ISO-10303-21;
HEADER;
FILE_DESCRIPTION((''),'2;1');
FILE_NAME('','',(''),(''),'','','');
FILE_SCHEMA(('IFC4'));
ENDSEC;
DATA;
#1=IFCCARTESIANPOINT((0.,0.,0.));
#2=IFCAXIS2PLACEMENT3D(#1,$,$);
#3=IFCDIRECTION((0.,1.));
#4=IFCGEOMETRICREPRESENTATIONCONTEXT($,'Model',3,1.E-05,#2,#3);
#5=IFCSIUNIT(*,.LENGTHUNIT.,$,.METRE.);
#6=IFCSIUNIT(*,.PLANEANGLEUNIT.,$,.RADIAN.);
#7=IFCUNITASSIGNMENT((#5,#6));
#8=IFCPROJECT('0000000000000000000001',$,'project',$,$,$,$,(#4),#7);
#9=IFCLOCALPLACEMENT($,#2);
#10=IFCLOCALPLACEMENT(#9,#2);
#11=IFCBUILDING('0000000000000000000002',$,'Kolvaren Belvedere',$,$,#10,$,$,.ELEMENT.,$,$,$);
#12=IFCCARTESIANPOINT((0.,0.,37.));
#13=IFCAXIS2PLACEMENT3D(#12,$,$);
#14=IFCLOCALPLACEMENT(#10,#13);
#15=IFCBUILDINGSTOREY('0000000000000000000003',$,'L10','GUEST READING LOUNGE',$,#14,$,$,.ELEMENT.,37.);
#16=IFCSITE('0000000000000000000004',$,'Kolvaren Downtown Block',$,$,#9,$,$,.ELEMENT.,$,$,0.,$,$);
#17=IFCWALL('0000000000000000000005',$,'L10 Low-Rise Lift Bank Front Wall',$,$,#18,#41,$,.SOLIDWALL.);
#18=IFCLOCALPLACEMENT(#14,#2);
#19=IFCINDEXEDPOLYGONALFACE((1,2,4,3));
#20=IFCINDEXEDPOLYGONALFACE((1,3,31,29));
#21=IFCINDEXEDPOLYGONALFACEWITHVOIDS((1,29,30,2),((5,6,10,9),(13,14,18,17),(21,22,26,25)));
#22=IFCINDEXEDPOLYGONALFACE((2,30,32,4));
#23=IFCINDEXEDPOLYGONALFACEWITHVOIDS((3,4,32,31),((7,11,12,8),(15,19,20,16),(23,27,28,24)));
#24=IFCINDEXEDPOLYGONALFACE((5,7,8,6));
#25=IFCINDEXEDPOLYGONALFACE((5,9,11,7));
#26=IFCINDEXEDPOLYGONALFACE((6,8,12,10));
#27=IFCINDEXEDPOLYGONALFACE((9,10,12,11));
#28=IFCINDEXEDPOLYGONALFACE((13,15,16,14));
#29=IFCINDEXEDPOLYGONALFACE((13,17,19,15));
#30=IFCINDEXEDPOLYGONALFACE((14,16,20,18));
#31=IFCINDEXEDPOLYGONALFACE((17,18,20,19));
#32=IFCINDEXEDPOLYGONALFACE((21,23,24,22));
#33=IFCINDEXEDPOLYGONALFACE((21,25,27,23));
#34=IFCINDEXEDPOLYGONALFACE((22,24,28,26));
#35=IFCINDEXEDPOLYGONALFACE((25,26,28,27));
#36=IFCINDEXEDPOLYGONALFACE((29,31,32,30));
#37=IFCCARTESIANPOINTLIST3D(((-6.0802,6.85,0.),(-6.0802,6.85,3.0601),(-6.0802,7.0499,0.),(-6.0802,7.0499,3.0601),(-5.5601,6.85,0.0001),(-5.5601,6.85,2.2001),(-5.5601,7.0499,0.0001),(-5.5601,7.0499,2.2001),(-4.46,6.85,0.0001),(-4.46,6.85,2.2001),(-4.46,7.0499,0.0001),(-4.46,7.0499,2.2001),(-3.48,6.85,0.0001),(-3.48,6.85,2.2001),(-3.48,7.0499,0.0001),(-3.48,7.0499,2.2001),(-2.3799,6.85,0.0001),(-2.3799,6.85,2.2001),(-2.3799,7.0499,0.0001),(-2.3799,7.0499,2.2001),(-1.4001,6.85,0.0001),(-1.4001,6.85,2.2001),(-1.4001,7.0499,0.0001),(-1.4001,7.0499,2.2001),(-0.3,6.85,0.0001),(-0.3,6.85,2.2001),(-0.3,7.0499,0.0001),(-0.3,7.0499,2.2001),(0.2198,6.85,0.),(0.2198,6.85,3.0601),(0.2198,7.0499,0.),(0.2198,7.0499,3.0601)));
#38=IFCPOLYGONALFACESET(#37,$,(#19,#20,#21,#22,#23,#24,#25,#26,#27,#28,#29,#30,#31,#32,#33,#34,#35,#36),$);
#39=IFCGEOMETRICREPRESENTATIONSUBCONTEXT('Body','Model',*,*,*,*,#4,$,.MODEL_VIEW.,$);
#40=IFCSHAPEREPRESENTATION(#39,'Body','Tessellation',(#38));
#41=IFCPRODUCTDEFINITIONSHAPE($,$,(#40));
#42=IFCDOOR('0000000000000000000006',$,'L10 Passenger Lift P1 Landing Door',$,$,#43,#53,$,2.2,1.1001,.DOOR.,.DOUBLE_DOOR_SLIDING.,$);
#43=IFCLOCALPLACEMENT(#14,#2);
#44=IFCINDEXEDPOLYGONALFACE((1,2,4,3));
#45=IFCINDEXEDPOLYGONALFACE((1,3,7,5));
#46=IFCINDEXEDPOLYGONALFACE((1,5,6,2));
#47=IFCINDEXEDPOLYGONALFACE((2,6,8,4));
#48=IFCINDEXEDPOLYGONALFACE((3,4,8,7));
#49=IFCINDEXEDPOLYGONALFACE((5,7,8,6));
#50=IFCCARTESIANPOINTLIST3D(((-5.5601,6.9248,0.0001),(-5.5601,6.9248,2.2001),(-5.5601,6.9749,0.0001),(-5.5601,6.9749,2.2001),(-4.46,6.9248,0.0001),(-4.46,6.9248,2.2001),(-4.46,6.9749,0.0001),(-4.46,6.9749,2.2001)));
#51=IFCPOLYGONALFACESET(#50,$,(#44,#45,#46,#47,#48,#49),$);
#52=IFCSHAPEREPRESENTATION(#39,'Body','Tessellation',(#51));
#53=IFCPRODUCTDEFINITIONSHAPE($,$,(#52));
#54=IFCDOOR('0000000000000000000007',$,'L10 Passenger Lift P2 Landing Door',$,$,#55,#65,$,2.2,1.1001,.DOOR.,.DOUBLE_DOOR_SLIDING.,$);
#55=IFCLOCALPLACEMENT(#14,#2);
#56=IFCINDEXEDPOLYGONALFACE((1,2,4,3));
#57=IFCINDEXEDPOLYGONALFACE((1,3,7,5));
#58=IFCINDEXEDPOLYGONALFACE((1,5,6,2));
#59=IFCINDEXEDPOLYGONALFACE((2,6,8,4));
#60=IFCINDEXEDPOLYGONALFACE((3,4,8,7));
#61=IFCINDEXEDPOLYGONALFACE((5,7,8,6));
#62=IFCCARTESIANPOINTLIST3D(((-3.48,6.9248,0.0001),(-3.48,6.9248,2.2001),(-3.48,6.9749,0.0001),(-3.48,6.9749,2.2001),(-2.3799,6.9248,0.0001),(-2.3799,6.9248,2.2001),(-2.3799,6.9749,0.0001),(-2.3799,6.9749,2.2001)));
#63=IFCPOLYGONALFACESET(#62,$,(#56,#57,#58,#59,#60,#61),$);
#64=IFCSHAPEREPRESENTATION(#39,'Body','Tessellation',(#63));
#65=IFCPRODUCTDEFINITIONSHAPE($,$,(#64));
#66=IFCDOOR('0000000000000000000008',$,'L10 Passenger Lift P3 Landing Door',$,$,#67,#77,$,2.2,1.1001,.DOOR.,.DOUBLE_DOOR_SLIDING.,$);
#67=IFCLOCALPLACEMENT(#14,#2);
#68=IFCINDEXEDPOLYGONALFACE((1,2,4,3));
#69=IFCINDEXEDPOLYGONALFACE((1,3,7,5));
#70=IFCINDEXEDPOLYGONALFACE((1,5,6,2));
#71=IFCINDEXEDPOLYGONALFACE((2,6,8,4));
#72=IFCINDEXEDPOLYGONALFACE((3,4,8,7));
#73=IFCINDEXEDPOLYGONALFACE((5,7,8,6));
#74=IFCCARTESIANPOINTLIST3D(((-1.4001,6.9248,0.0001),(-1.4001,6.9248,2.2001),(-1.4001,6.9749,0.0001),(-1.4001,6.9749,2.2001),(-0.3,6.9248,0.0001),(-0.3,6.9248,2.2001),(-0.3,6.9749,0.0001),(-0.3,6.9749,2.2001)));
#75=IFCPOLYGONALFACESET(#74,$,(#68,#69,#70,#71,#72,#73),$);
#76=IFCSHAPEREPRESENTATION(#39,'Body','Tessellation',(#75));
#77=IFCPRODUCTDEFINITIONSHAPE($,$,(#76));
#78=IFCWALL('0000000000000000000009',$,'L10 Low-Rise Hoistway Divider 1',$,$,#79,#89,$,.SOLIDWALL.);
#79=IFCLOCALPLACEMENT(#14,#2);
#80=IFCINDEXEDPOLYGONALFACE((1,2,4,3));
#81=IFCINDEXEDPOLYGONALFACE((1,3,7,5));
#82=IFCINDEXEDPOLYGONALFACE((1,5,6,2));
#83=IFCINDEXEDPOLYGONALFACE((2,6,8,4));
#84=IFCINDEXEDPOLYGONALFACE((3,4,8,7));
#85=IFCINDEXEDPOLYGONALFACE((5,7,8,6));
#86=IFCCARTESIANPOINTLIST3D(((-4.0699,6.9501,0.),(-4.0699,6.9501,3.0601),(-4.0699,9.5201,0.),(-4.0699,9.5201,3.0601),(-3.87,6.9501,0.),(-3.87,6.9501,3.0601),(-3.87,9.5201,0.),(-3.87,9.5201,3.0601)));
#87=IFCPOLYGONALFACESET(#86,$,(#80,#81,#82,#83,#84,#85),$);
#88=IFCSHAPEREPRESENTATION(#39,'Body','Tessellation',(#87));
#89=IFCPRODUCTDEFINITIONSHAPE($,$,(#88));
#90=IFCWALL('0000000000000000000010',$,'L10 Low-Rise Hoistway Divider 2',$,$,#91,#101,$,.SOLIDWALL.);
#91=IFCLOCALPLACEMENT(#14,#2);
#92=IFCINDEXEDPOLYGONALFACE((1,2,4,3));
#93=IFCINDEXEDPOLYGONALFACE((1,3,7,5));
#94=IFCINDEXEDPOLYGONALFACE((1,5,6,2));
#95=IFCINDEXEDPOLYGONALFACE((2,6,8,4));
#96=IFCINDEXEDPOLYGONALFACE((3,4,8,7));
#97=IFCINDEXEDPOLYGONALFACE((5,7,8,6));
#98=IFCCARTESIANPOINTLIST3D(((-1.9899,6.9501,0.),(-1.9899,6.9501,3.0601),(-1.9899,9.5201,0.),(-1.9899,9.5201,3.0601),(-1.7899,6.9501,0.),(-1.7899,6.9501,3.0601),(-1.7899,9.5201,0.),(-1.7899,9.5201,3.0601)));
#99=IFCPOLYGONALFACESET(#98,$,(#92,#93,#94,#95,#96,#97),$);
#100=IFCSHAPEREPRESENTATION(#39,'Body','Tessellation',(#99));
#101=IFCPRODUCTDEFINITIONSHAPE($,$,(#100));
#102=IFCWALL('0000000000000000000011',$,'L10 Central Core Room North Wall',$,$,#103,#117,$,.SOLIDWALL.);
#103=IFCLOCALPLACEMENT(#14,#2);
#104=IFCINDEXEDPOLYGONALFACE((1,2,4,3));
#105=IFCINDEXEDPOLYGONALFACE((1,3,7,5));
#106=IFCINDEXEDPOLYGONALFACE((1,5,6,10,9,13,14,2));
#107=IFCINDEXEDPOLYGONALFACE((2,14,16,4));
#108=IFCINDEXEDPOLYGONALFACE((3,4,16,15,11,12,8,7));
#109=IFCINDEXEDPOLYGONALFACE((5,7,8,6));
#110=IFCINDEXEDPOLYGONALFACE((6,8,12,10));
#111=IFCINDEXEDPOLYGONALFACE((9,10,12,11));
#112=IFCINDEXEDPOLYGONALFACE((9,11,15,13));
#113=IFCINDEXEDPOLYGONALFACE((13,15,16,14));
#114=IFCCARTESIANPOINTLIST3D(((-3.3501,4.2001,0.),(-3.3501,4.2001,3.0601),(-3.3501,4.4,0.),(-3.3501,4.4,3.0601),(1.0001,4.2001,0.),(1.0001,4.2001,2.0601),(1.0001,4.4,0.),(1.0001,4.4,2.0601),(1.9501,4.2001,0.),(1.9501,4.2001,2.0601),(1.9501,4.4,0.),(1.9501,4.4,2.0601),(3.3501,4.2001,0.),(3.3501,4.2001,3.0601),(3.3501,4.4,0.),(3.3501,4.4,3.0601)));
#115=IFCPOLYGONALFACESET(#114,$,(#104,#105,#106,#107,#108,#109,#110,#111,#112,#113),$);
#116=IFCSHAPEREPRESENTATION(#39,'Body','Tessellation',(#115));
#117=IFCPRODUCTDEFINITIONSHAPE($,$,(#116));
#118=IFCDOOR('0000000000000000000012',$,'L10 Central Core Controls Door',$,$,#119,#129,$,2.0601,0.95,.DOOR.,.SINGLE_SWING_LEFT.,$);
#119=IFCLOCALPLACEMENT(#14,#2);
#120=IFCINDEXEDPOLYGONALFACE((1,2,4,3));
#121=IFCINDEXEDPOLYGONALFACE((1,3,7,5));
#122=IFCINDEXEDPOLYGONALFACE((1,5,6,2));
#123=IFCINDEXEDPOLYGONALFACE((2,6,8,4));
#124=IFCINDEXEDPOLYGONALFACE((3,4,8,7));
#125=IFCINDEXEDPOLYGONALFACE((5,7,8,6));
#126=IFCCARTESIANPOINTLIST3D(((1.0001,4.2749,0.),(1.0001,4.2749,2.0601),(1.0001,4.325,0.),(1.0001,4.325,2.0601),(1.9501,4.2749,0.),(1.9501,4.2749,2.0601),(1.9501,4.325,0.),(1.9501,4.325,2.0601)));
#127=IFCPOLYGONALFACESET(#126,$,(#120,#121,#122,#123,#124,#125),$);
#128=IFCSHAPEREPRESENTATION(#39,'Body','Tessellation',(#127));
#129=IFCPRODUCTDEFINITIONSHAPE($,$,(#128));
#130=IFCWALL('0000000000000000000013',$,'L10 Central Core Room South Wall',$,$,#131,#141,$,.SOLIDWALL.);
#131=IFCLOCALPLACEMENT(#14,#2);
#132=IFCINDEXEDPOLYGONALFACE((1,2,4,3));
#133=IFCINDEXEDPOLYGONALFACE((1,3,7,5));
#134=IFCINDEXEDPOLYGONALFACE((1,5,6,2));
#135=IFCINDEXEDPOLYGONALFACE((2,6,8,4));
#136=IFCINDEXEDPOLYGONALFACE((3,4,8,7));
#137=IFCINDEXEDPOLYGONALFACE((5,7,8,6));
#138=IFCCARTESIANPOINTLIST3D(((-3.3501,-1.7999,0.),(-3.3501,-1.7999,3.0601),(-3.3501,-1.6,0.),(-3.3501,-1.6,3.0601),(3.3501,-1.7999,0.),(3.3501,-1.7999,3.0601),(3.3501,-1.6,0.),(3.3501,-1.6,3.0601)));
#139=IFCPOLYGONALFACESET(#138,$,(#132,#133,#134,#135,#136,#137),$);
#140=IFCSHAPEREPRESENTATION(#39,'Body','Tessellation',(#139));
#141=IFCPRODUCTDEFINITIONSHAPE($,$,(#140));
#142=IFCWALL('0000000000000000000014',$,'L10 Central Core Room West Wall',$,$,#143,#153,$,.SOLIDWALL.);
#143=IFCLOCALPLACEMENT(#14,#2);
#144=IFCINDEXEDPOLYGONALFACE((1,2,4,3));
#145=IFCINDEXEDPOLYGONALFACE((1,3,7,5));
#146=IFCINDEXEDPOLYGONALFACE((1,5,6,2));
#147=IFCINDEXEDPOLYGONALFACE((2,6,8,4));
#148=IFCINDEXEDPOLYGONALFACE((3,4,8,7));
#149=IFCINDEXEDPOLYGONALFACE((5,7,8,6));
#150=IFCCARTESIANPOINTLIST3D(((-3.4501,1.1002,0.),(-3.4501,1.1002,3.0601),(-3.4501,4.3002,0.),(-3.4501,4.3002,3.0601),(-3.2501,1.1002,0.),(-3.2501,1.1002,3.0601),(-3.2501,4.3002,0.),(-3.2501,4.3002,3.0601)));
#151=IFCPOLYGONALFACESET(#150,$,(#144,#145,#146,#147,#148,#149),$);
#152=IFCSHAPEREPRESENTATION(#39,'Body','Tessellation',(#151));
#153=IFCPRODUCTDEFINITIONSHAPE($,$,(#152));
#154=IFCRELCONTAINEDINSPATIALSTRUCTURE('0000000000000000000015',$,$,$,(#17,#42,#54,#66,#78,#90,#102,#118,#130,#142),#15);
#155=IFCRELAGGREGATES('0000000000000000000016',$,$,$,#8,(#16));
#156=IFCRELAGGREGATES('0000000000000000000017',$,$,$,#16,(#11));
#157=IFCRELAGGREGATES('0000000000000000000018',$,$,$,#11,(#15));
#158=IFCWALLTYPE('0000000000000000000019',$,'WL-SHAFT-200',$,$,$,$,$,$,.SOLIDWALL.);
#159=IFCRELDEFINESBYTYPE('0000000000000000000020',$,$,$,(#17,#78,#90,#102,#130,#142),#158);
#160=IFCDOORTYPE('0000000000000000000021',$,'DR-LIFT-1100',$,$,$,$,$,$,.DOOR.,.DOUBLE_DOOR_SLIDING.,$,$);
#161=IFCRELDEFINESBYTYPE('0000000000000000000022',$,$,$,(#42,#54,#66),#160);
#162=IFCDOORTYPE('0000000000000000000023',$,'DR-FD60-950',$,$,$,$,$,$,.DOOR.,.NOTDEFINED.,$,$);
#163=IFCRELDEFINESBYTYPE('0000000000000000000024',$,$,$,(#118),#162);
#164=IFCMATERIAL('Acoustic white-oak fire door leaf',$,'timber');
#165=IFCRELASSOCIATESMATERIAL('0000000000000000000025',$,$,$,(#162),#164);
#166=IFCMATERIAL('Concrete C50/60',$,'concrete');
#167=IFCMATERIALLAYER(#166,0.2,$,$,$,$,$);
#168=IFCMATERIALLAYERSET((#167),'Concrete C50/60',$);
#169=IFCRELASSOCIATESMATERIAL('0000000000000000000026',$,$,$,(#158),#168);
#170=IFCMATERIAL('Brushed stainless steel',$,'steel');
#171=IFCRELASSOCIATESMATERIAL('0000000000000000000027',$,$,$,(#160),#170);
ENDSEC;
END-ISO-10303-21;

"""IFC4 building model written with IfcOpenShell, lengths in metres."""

from ifc_helpers import new_model, si_unit, direction, frame, frame_2d, origin, place, context, subcontext, project, spatial, rectangle, extrude, material, layer, layer_set, type_object, element, fill, save


model = new_model("IFC4")

# Units and contexts
model_context = context("Model", 3, precision=1e-05, world=origin(), true_north=direction((0.0, 1.0)))
body_context = subcontext(model_context, "Body", "Model", "MODEL_VIEW")
ifc_project = project(units=[si_unit("LENGTHUNIT", "METRE"), si_unit("PLANEANGLEUNIT", "RADIAN")], contexts=[model_context])

# Site, building, storey
site_placement = place(None, origin())
site = spatial("IfcSite", under=ifc_project, at=site_placement, Name="Kolvaren Downtown Block", CompositionType="ELEMENT", RefElevation=0.0)
building_placement = place(site_placement, origin())
building = spatial("IfcBuilding", under=site, at=building_placement, Name="Kolvaren Belvedere", CompositionType="ELEMENT")
storey_placement = place(building_placement, frame((0.0, 0.0, 37.0)))
storey = spatial("IfcBuildingStorey", under=building, at=storey_placement, Name="L10", Description="GUEST READING LOUNGE", CompositionType="ELEMENT", Elevation=37.0)

# Shared definitions
ifc_material_1 = material(Name="Acoustic white-oak fire door leaf", Category="timber")
door_type_1 = type_object("IfcDoorType", Name="DR-FD60-950", OperationType="NOTDEFINED", PredefinedType="DOOR", material=ifc_material_1)
ifc_material_2 = material(Name="Concrete C50/60", Category="concrete")
ifc_layer_1 = layer(ifc_material_2, 0.2)
ifc_layer_set_1 = layer_set([ifc_layer_1], Name="Concrete C50/60")
wall_type_1 = type_object("IfcWallType", Name="WL-SHAFT-200", PredefinedType="SOLIDWALL", material=ifc_layer_set_1)
ifc_material_3 = material(Name="Brushed stainless steel", Category="steel")
door_type_2 = type_object("IfcDoorType", Name="DR-LIFT-1100", OperationType="DOUBLE_DOOR_SLIDING", PredefinedType="DOOR", material=ifc_material_3)

# Wall, openings, doors
wall_1_placement = place(storey_placement, frame((-6.0801, 6.95, 0.0), z_axis=(0.0, 0.0, 1.0), x_axis=(1.0, 0.0, 0.0)))
wall_1 = element("IfcWall", 1, at=wall_1_placement, inside=storey, type_object=wall_type_1, Name="L10 Low-Rise Lift Bank Front Wall", PredefinedType="SOLIDWALL", context=body_context, shape_type="SweptSolid", body=[
    extrude(rectangle(XDim=6.3, YDim=0.2, at=frame_2d((3.1499, 0.0))), origin(), (0.0, 0.0, 1.0), 3.0601),
])
opening_1_placement = place(wall_1_placement, frame((0.52, 0.0, 0.0)))
opening_1 = element("IfcOpeningElement", 2, at=opening_1_placement, cuts=wall_1, PredefinedType="OPENING", context=body_context, shape_type="SweptSolid", body=[
    extrude(rectangle(XDim=1.1001, YDim=2.2, at=frame_2d((0.55, 1.1001))), frame((0.0, 0.1099, 0.0), z_axis=(0.0, -1.0, 0.0), x_axis=(1.0, 0.0, 0.0)), (0.0, 0.0, 1.0), 0.22),
])
opening_2_placement = place(wall_1_placement, frame((2.6001, 0.0, 0.0)))
opening_2 = element("IfcOpeningElement", 3, at=opening_2_placement, cuts=wall_1, PredefinedType="OPENING", context=body_context, shape_type="SweptSolid", body=[
    extrude(rectangle(XDim=1.1001, YDim=2.2, at=frame_2d((0.55, 1.1001))), frame((0.0, 0.1099, 0.0), z_axis=(0.0, -1.0, 0.0), x_axis=(1.0, 0.0, 0.0)), (0.0, 0.0, 1.0), 0.22),
])
opening_3_placement = place(wall_1_placement, frame((4.6799, 0.0, 0.0)))
opening_3 = element("IfcOpeningElement", 4, at=opening_3_placement, cuts=wall_1, PredefinedType="OPENING", context=body_context, shape_type="SweptSolid", body=[
    extrude(rectangle(XDim=1.1001, YDim=2.2, at=frame_2d((0.55, 1.1001))), frame((0.0, 0.1099, 0.0), z_axis=(0.0, -1.0, 0.0), x_axis=(1.0, 0.0, 0.0)), (0.0, 0.0, 1.0), 0.22),
])
door_1_placement = place(opening_1_placement, origin())
door_1 = element("IfcDoor", 5, at=door_1_placement, inside=storey, type_object=door_type_2, Name="L10 Passenger Lift P1 Landing Door", OperationType="DOUBLE_DOOR_SLIDING", OverallHeight=2.2, OverallWidth=1.1001, PredefinedType="DOOR", context=body_context, shape_type="SweptSolid", body=[
    extrude(rectangle(XDim=1.1001, YDim=2.2, at=frame_2d((0.55, 1.1001))), frame((0.0, 0.0249, 0.0), z_axis=(0.0, -1.0, 0.0), x_axis=(1.0, 0.0, 0.0)), (0.0, 0.0, 1.0), 0.05),
])
fill(opening_1, door_1)
door_2_placement = place(opening_2_placement, origin())
door_2 = element("IfcDoor", 6, at=door_2_placement, inside=storey, type_object=door_type_2, Name="L10 Passenger Lift P2 Landing Door", OperationType="DOUBLE_DOOR_SLIDING", OverallHeight=2.2, OverallWidth=1.1001, PredefinedType="DOOR", context=body_context, shape_type="SweptSolid", body=[
    extrude(rectangle(XDim=1.1001, YDim=2.2, at=frame_2d((0.55, 1.1001))), frame((0.0, 0.0249, 0.0), z_axis=(0.0, -1.0, 0.0), x_axis=(1.0, 0.0, 0.0)), (0.0, 0.0, 1.0), 0.05),
])
fill(opening_2, door_2)
door_3_placement = place(opening_3_placement, origin())
door_3 = element("IfcDoor", 7, at=door_3_placement, inside=storey, type_object=door_type_2, Name="L10 Passenger Lift P3 Landing Door", OperationType="DOUBLE_DOOR_SLIDING", OverallHeight=2.2, OverallWidth=1.1001, PredefinedType="DOOR", context=body_context, shape_type="SweptSolid", body=[
    extrude(rectangle(XDim=1.1001, YDim=2.2, at=frame_2d((0.55, 1.1001))), frame((0.0, 0.0249, 0.0), z_axis=(0.0, -1.0, 0.0), x_axis=(1.0, 0.0, 0.0)), (0.0, 0.0, 1.0), 0.05),
])
fill(opening_3, door_3)

# Walls
for number, where, z_axis, x_axis, name in (
    (8, (-3.97, 6.95, 0.0), (0.0, 0.0, 1.0), (0.0, 1.0, 0.0), "L10 Low-Rise Hoistway Divider 1"),
    (9, (-1.8899, 6.95, 0.0), (0.0, 0.0, 1.0), (0.0, 1.0, 0.0), "L10 Low-Rise Hoistway Divider 2"),
):
    element("IfcWall", number, at=place(storey_placement, frame(where, z_axis=z_axis, x_axis=x_axis)), inside=storey, type_object=wall_type_1, Name=name, PredefinedType="SOLIDWALL", context=body_context, shape_type="SweptSolid", body=[
        extrude(rectangle(XDim=2.5701, YDim=0.2, at=frame_2d((1.2852, 0.0))), origin(), (0.0, 0.0, 1.0), 3.0601),
    ])

# Wall, opening, door
wall_2_placement = place(storey_placement, frame((-3.3501, 4.3, 0.0), z_axis=(0.0, 0.0, 1.0), x_axis=(1.0, 0.0, 0.0)))
wall_2 = element("IfcWall", 10, at=wall_2_placement, inside=storey, type_object=wall_type_1, Name="L10 Central Core Room North Wall", PredefinedType="SOLIDWALL", context=body_context, shape_type="SweptSolid", body=[
    extrude(rectangle(XDim=6.7002, YDim=0.2, at=frame_2d((3.3501, 0.0))), origin(), (0.0, 0.0, 1.0), 3.0601),
])
opening_4_placement = place(wall_2_placement, frame((4.3501, 0.0, 0.0)))
opening_4 = element("IfcOpeningElement", 11, at=opening_4_placement, cuts=wall_2, PredefinedType="OPENING", context=body_context, shape_type="SweptSolid", body=[
    extrude(rectangle(XDim=0.95, YDim=2.0601, at=frame_2d((0.4751, 1.03))), frame((0.0, 0.1099, 0.0), z_axis=(0.0, -1.0, 0.0), x_axis=(1.0, 0.0, 0.0)), (0.0, 0.0, 1.0), 0.22),
])
door_4_placement = place(opening_4_placement, origin())
door_4 = element("IfcDoor", 12, at=door_4_placement, inside=storey, type_object=door_type_1, Name="L10 Central Core Controls Door", OperationType="SINGLE_SWING_LEFT", OverallHeight=2.0601, OverallWidth=0.95, PredefinedType="DOOR", context=body_context, shape_type="SweptSolid", body=[
    extrude(rectangle(XDim=0.95, YDim=2.0601, at=frame_2d((0.4751, 1.03))), frame((0.0, 0.0249, 0.0), z_axis=(0.0, -1.0, 0.0), x_axis=(1.0, 0.0, 0.0)), (0.0, 0.0, 1.0), 0.05),
])
fill(opening_4, door_4)

# Walls
wall_3_placement = place(storey_placement, frame((-3.3501, -1.7, 0.0), z_axis=(0.0, 0.0, 1.0), x_axis=(1.0, 0.0, 0.0)))
element("IfcWall", 13, at=wall_3_placement, inside=storey, type_object=wall_type_1, Name="L10 Central Core Room South Wall", PredefinedType="SOLIDWALL", context=body_context, shape_type="SweptSolid", body=[
    extrude(rectangle(XDim=6.7002, YDim=0.2, at=frame_2d((3.3501, 0.0))), origin(), (0.0, 0.0, 1.0), 3.0601),
])
wall_4_placement = place(storey_placement, frame((-3.3501, 1.1001, 0.0), z_axis=(0.0, 0.0, 1.0), x_axis=(0.0, 1.0, 0.0)))
element("IfcWall", 14, at=wall_4_placement, inside=storey, type_object=wall_type_1, Name="L10 Central Core Room West Wall", PredefinedType="SOLIDWALL", context=body_context, shape_type="SweptSolid", body=[
    extrude(rectangle(XDim=3.2, YDim=0.2, at=frame_2d((1.6001, 0.0))), origin(), (0.0, 0.0, 1.0), 3.0601),
])

save(model, "model.ifc")
